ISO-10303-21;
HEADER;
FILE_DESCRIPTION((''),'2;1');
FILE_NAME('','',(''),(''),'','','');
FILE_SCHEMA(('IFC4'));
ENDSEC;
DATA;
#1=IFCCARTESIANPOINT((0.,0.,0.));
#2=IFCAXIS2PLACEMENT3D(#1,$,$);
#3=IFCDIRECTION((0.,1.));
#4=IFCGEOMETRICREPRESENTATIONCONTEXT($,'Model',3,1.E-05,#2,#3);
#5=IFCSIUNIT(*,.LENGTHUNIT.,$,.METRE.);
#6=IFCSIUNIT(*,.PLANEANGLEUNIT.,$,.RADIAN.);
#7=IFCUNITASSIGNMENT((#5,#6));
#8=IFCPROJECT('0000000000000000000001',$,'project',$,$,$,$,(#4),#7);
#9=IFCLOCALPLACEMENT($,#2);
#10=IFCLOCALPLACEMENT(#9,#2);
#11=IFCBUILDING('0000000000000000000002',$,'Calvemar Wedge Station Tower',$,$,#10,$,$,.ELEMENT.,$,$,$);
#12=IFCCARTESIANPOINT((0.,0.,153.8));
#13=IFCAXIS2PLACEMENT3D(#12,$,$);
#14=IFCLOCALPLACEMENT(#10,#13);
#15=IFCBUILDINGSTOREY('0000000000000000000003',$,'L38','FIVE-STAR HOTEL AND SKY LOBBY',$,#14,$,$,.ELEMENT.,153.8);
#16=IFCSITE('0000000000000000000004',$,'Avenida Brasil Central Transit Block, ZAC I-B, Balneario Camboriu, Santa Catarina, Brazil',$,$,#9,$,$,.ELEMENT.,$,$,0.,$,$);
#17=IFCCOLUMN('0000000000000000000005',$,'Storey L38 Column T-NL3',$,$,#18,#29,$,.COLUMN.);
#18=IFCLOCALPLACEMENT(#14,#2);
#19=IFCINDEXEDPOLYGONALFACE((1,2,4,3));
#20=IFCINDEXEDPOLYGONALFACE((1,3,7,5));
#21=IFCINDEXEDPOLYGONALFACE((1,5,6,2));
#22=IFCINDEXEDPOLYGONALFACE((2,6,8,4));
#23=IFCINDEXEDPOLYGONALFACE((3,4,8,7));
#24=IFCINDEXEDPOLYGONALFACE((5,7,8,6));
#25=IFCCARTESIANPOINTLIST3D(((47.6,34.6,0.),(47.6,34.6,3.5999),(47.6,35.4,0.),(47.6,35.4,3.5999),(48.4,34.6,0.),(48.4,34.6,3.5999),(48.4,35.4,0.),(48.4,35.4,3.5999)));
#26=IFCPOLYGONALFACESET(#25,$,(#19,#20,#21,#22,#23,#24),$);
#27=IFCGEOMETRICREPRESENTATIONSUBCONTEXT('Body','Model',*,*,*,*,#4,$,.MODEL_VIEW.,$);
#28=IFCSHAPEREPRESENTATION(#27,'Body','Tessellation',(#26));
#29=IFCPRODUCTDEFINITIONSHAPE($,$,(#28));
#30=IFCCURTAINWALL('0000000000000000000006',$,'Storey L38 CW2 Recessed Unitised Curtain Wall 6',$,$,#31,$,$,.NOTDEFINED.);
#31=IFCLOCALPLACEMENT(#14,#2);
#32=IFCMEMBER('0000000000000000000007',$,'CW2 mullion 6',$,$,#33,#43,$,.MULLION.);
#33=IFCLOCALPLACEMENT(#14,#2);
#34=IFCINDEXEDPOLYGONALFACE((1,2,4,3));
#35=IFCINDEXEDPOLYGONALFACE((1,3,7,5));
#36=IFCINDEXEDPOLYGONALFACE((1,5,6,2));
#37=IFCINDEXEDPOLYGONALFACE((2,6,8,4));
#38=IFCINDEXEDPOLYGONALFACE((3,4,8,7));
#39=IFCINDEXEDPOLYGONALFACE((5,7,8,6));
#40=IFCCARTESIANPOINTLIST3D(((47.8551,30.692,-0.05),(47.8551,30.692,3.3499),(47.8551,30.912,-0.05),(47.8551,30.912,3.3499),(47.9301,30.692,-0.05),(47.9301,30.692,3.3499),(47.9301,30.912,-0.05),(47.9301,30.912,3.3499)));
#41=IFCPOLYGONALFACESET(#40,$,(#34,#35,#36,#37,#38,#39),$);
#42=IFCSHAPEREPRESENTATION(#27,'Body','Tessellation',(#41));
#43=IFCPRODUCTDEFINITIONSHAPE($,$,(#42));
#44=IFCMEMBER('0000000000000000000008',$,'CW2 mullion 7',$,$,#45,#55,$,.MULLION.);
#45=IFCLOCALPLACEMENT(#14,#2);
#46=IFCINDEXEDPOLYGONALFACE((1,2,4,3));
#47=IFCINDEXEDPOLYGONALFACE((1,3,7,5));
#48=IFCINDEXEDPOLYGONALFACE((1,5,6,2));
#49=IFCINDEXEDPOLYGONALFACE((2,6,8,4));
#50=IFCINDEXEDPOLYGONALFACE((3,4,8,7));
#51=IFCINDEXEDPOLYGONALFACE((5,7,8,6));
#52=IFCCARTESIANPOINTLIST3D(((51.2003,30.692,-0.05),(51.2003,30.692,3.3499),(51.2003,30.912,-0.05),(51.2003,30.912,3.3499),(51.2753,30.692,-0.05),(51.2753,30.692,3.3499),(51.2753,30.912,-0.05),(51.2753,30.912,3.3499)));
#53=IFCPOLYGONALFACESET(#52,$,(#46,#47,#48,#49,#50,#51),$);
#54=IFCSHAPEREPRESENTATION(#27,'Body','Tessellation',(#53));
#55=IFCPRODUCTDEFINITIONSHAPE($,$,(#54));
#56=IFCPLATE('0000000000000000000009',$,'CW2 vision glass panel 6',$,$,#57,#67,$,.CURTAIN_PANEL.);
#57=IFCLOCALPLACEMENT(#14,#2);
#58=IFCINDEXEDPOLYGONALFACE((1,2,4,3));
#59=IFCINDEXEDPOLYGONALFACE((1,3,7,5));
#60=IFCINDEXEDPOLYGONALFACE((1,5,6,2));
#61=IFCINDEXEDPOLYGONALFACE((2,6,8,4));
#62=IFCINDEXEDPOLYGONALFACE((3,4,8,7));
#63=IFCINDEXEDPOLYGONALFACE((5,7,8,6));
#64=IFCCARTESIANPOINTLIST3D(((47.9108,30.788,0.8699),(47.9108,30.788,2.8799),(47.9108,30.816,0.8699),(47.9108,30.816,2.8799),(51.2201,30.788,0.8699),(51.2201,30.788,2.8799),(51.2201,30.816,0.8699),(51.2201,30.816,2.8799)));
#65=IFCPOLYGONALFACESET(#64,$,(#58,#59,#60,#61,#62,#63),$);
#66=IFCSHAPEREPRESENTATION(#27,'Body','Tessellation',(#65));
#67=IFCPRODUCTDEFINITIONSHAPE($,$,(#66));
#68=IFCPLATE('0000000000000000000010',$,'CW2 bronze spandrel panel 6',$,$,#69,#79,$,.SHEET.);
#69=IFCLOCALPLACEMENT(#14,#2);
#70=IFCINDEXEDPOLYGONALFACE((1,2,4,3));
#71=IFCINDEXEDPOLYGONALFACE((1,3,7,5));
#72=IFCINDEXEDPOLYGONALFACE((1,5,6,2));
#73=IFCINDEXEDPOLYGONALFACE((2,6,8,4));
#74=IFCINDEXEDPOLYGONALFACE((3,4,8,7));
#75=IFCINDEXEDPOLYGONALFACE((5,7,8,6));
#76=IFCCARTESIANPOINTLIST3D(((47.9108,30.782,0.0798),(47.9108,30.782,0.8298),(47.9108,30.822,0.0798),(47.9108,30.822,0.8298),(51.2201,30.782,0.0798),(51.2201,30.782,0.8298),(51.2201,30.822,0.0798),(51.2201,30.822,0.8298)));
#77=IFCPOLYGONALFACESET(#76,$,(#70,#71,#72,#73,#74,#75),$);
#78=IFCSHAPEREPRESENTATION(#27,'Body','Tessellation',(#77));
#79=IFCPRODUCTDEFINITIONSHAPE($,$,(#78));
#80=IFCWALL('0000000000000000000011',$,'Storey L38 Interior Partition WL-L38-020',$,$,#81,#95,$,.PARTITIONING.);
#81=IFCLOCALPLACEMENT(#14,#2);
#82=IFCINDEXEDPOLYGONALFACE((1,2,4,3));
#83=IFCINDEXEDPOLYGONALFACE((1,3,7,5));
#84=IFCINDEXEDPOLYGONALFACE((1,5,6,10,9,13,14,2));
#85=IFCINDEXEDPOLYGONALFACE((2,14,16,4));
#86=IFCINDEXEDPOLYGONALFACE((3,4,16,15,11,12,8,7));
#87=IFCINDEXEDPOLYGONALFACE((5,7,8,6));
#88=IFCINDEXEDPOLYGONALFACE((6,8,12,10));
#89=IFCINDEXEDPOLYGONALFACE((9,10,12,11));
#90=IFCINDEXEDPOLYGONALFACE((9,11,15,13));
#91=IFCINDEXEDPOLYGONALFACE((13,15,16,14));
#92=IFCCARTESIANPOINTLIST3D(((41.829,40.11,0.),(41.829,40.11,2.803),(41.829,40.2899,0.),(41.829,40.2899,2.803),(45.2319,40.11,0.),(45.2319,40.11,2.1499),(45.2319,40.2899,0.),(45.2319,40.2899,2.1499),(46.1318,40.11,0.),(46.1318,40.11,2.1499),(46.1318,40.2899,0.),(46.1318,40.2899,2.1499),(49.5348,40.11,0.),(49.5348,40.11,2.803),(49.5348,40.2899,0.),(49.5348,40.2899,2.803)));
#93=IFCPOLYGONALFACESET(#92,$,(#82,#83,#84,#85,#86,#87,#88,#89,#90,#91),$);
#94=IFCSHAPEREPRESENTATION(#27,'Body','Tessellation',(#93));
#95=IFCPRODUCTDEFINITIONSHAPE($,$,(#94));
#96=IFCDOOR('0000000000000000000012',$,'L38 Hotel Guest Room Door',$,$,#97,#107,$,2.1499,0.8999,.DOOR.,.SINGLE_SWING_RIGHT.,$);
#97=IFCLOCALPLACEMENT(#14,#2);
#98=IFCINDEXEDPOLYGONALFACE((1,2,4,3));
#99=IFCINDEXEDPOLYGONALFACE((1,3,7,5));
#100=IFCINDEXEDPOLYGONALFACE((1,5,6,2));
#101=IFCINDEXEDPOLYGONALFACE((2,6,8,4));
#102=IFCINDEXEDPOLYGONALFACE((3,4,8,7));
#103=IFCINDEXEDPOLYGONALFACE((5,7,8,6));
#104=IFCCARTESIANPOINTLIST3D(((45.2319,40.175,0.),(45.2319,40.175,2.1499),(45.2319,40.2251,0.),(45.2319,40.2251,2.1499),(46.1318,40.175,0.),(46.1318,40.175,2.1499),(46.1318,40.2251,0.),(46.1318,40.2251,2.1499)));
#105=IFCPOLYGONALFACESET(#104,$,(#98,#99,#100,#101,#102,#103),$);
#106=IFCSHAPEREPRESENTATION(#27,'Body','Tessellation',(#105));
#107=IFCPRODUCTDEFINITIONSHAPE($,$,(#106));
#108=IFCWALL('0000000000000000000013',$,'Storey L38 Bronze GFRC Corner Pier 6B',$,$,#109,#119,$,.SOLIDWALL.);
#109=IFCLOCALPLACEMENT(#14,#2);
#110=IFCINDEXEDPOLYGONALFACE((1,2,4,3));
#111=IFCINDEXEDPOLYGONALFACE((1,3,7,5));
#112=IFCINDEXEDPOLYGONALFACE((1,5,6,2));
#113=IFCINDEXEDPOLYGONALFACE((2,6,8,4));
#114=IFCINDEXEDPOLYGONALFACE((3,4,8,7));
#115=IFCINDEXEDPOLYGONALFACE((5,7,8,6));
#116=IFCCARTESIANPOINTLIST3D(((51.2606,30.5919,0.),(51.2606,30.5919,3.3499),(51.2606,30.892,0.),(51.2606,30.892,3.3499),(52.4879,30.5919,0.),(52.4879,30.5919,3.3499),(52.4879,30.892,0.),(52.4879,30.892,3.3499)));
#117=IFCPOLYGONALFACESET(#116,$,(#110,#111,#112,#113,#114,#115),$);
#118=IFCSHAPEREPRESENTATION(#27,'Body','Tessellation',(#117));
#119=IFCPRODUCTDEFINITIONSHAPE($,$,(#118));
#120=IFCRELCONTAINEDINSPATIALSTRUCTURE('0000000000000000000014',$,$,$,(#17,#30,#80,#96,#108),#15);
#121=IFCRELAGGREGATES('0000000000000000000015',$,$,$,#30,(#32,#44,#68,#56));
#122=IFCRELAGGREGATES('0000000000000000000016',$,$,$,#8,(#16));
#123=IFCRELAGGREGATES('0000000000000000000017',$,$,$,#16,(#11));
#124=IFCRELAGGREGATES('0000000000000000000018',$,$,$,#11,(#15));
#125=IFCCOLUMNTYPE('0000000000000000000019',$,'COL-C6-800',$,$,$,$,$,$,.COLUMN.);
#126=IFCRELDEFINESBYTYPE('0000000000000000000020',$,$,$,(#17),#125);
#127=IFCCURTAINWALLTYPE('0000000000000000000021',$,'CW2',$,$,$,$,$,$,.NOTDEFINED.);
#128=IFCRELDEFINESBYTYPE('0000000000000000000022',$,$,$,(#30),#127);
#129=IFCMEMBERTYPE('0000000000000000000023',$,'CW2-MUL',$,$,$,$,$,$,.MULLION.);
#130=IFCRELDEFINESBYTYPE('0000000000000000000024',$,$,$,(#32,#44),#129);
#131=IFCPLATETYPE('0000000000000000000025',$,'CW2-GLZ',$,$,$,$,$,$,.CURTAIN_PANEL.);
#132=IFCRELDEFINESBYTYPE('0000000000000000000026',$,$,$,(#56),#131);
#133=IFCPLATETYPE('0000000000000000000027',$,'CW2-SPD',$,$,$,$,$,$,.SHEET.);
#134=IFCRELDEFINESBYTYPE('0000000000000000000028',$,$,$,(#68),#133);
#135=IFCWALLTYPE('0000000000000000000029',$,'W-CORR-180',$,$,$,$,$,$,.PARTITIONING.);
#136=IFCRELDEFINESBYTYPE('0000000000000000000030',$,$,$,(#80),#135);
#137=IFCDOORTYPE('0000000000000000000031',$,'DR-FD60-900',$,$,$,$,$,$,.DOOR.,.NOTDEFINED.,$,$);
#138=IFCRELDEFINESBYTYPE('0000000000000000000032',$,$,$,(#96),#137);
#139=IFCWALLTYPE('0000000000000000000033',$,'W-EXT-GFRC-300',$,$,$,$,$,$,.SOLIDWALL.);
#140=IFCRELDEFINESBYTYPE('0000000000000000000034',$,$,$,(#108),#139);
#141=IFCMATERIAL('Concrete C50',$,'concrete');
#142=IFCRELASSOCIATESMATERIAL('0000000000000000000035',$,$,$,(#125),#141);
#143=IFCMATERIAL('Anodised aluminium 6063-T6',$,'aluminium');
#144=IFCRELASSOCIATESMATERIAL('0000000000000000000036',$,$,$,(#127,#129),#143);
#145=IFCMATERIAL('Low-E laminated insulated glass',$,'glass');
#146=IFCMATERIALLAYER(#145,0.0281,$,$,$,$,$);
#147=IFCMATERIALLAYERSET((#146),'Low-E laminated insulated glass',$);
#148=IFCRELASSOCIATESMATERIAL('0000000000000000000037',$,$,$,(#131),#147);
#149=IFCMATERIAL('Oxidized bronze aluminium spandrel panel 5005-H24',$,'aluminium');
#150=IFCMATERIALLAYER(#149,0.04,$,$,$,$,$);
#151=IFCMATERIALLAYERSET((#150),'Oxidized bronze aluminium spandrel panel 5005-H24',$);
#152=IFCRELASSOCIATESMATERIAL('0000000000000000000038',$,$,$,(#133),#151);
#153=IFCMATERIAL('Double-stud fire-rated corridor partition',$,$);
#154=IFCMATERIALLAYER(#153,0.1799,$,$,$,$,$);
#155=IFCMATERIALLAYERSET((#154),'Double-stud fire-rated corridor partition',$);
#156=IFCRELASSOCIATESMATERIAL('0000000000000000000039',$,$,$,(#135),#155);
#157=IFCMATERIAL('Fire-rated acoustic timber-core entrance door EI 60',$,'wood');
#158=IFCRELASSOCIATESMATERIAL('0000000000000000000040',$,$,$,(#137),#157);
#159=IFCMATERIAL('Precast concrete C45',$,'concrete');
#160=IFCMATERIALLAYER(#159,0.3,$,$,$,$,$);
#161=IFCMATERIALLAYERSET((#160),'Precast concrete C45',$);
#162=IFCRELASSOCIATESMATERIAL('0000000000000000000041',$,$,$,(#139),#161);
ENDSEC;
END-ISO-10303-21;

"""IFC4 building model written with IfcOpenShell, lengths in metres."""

from ifc_helpers import new_model, si_unit, direction, frame, frame_2d, origin, origin_2d, place, context, subcontext, project, spatial, rectangle, extrude, source, transform, mapped, material, layer, layer_set, material_profile, profile_set, type_object, element, fill, aggregate, save


model = new_model("IFC4")

# Units and contexts
model_context = context("Model", 3, precision=1e-05, world=origin(), true_north=direction((0.0, 1.0)))
body_context = subcontext(model_context, "Body", "Model", "MODEL_VIEW")
ifc_project = project(units=[si_unit("LENGTHUNIT", "METRE"), si_unit("PLANEANGLEUNIT", "RADIAN")], contexts=[model_context])

# Site, building, storey
site_placement = place(None, origin())
site = spatial("IfcSite", under=ifc_project, at=site_placement, Name="Avenida Brasil Central Transit Block, ZAC I-B, Balneario Camboriu, Santa Catarina, Brazil", CompositionType="ELEMENT", RefElevation=0.0)
building_placement = place(site_placement, origin())
building = spatial("IfcBuilding", under=site, at=building_placement, Name="Calvemar Wedge Station Tower", CompositionType="ELEMENT")
storey_placement = place(building_placement, frame((0.0, 0.0, 153.8)))
storey = spatial("IfcBuildingStorey", under=building, at=storey_placement, Name="L38", Description="FIVE-STAR HOTEL AND SKY LOBBY", CompositionType="ELEMENT", Elevation=153.8)

# Column
ifc_material_1 = material(Name="Concrete C50", Category="concrete")
ifc_material_profile_1 = material_profile(ifc_material_1, rectangle(XDim=0.8, YDim=0.8, at=origin_2d()), Name="RC800x800")
ifc_profile_set_1 = profile_set([ifc_material_profile_1], Name="Concrete C50")
column_type = type_object("IfcColumnType", Name="COL-C6-800", PredefinedType="COLUMN", material=ifc_profile_set_1)
shared_shape_1 = source(origin(), body_context, "Body", "SweptSolid", [
    extrude(rectangle(XDim=0.8, YDim=0.8, at=origin_2d()), origin(), (0.0, 0.0, 1.0), 3.5999),
])
column_placement = place(storey_placement, frame((48.0, 35.0, 0.0), z_axis=(0.0, 0.0, 1.0), x_axis=(1.0, 0.0, 0.0)))
element("IfcColumn", 1, at=column_placement, inside=storey, type_object=column_type, Name="Storey L38 Column T-NL3", PredefinedType="COLUMN", context=body_context, shape_type="MappedRepresentation", body=[
    mapped(shared_shape_1, transform((0.0, 0.0, 0.0), scale=1.0)),
])

# Curtain wall, members, plates
ifc_material_2 = material(Name="Anodised aluminium 6063-T6", Category="aluminium")
curtain_wall_type = type_object("IfcCurtainWallType", Name="CW2", PredefinedType="NOTDEFINED", material=ifc_material_2)
curtain_wall_placement = place(storey_placement, origin())
curtain_wall = element("IfcCurtainWall", 2, at=curtain_wall_placement, inside=storey, type_object=curtain_wall_type, Name="Storey L38 CW2 Recessed Unitised Curtain Wall 6", PredefinedType="NOTDEFINED")
ifc_material_profile_2 = material_profile(ifc_material_2, rectangle(XDim=0.075, YDim=0.22, at=origin_2d()), Name="AL-MUL-75x220")
ifc_profile_set_2 = profile_set([ifc_material_profile_2], Name="Anodised aluminium 6063-T6")
member_type = type_object("IfcMemberType", Name="CW2-MUL", PredefinedType="MULLION", material=ifc_profile_set_2)
shared_shape_2 = source(origin(), body_context, "Body", "SweptSolid", [
    extrude(rectangle(XDim=0.075, YDim=0.22, at=origin_2d()), origin(), (0.0, 0.0, 1.0), 3.3999),
])
member_1_placement = place(storey_placement, frame((47.8926, 30.802, -0.05), z_axis=(0.0, 0.0, 1.0), x_axis=(1.0, 0.0, 0.0)))
member_1 = element("IfcMember", 3, at=member_1_placement, type_object=member_type, Name="CW2 mullion 6", PredefinedType="MULLION", context=body_context, shape_type="MappedRepresentation", body=[
    mapped(shared_shape_2, transform((0.0, 0.0, 0.0), scale=1.0)),
])
member_2_placement = place(storey_placement, frame((51.2378, 30.802, -0.05), z_axis=(0.0, 0.0, 1.0), x_axis=(1.0, 0.0, 0.0)))
member_2 = element("IfcMember", 4, at=member_2_placement, type_object=member_type, Name="CW2 mullion 7", PredefinedType="MULLION", context=body_context, shape_type="MappedRepresentation", body=[
    mapped(shared_shape_2, transform((0.0, 0.0, 0.0), scale=1.0)),
])
ifc_material_3 = material(Name="Low-E laminated insulated glass", Category="glass")
ifc_layer_1 = layer(ifc_material_3, 0.0281)
ifc_layer_set_1 = layer_set([ifc_layer_1], Name="Low-E laminated insulated glass")
plate_type_1 = type_object("IfcPlateType", Name="CW2-GLZ", PredefinedType="CURTAIN_PANEL", material=ifc_layer_set_1)
plate_1_placement = place(storey_placement, frame((47.9106, 30.802, 0.8699), z_axis=(0.0, 0.0, 1.0), x_axis=(1.0, 0.0, 0.0)))
plate_1 = element("IfcPlate", 5, at=plate_1_placement, type_object=plate_type_1, Name="CW2 vision glass panel 6", PredefinedType="CURTAIN_PANEL", context=body_context, shape_type="SweptSolid", body=[
    extrude(rectangle(XDim=3.3093, YDim=0.0281, at=frame_2d((1.6548, 0.0))), origin(), (0.0, 0.0, 1.0), 2.01),
])
ifc_material_4 = material(Name="Oxidized bronze aluminium spandrel panel 5005-H24", Category="aluminium")
ifc_layer_2 = layer(ifc_material_4, 0.04)
ifc_layer_set_2 = layer_set([ifc_layer_2], Name="Oxidized bronze aluminium spandrel panel 5005-H24")
plate_type_2 = type_object("IfcPlateType", Name="CW2-SPD", PredefinedType="SHEET", material=ifc_layer_set_2)
plate_2_placement = place(storey_placement, frame((47.9106, 30.802, 0.0798), z_axis=(0.0, 0.0, 1.0), x_axis=(1.0, 0.0, 0.0)))
plate_2 = element("IfcPlate", 6, at=plate_2_placement, type_object=plate_type_2, Name="CW2 bronze spandrel panel 6", PredefinedType="SHEET", context=body_context, shape_type="SweptSolid", body=[
    extrude(rectangle(XDim=3.3093, YDim=0.04, at=frame_2d((1.6548, 0.0))), origin(), (0.0, 0.0, 1.0), 0.75),
])
aggregate(curtain_wall, [member_1, member_2, plate_2, plate_1])

# Wall, opening, door
ifc_material_5 = material(Name="Double-stud fire-rated corridor partition")
ifc_layer_3 = layer(ifc_material_5, 0.1799)
ifc_layer_set_3 = layer_set([ifc_layer_3], Name="Double-stud fire-rated corridor partition")
wall_type_1 = type_object("IfcWallType", Name="W-CORR-180", PredefinedType="PARTITIONING", material=ifc_layer_set_3)
wall_1_placement = place(storey_placement, frame((49.5349, 40.2, 0.0), z_axis=(0.0, 0.0, 1.0), x_axis=(-1.0, 0.0, 0.0)))
wall_1 = element("IfcWall", 7, at=wall_1_placement, inside=storey, type_object=wall_type_1, Name="Storey L38 Interior Partition WL-L38-020", PredefinedType="PARTITIONING", context=body_context, shape_type="SweptSolid", body=[
    extrude(rectangle(XDim=7.7058, YDim=0.1799, at=frame_2d((3.853, 0.0))), origin(), (0.0, 0.0, 1.0), 2.803),
])
shared_shape_3 = source(origin(), body_context, "Body", "SweptSolid", [
    extrude(rectangle(XDim=0.8999, YDim=2.1499, at=frame_2d((0.45, 1.075))), frame((0.0, 0.1001, 0.0), z_axis=(0.0, -1.0, 0.0), x_axis=(1.0, 0.0, 0.0)), (0.0, 0.0, 1.0), 0.2),
])
opening_1_placement = place(wall_1_placement, frame((3.4031, 0.0, 0.0)))
opening_1 = element("IfcOpeningElement", 8, at=opening_1_placement, cuts=wall_1, PredefinedType="OPENING", context=body_context, shape_type="MappedRepresentation", body=[
    mapped(shared_shape_3, transform((0.0, 0.0, 0.0), scale=1.0)),
])
ifc_material_6 = material(Name="Fire-rated acoustic timber-core entrance door EI 60", Category="wood")
door_type_1 = type_object("IfcDoorType", Name="DR-FD60-900", OperationType="NOTDEFINED", PredefinedType="DOOR", material=ifc_material_6)
shared_shape_4 = source(origin(), body_context, "Body", "SweptSolid", [
    extrude(rectangle(XDim=0.8999, YDim=2.1499, at=frame_2d((0.45, 1.075))), frame((0.0, 0.0249, 0.0), z_axis=(0.0, -1.0, 0.0), x_axis=(1.0, 0.0, 0.0)), (0.0, 0.0, 1.0), 0.05),
])
door_1_placement = place(opening_1_placement, origin())
door_1 = element("IfcDoor", 9, at=door_1_placement, inside=storey, type_object=door_type_1, Name="L38 Hotel Guest Room Door", OperationType="SINGLE_SWING_RIGHT", OverallHeight=2.1499, OverallWidth=0.8999, PredefinedType="DOOR", context=body_context, shape_type="MappedRepresentation", body=[
    mapped(shared_shape_4, transform((0.0, 0.0, 0.0), scale=1.0)),
])
fill(opening_1, door_1)

# Wall
ifc_material_7 = material(Name="Precast concrete C45", Category="concrete")
ifc_layer_4 = layer(ifc_material_7, 0.3)
ifc_layer_set_4 = layer_set([ifc_layer_4], Name="Precast concrete C45")
wall_type_2 = type_object("IfcWallType", Name="W-EXT-GFRC-300", PredefinedType="SOLIDWALL", material=ifc_layer_set_4)
wall_2_placement = place(storey_placement, frame((51.2605, 30.7419, 0.0), z_axis=(0.0, 0.0, 1.0), x_axis=(1.0, 0.0, 0.0)))
element("IfcWall", 10, at=wall_2_placement, inside=storey, type_object=wall_type_2, Name="Storey L38 Bronze GFRC Corner Pier 6B", PredefinedType="SOLIDWALL", context=body_context, shape_type="SweptSolid", body=[
    extrude(rectangle(XDim=1.2273, YDim=0.3, at=frame_2d((0.6138, 0.0))), origin(), (0.0, 0.0, 1.0), 3.3499),
])

save(model, "model.ifc")
